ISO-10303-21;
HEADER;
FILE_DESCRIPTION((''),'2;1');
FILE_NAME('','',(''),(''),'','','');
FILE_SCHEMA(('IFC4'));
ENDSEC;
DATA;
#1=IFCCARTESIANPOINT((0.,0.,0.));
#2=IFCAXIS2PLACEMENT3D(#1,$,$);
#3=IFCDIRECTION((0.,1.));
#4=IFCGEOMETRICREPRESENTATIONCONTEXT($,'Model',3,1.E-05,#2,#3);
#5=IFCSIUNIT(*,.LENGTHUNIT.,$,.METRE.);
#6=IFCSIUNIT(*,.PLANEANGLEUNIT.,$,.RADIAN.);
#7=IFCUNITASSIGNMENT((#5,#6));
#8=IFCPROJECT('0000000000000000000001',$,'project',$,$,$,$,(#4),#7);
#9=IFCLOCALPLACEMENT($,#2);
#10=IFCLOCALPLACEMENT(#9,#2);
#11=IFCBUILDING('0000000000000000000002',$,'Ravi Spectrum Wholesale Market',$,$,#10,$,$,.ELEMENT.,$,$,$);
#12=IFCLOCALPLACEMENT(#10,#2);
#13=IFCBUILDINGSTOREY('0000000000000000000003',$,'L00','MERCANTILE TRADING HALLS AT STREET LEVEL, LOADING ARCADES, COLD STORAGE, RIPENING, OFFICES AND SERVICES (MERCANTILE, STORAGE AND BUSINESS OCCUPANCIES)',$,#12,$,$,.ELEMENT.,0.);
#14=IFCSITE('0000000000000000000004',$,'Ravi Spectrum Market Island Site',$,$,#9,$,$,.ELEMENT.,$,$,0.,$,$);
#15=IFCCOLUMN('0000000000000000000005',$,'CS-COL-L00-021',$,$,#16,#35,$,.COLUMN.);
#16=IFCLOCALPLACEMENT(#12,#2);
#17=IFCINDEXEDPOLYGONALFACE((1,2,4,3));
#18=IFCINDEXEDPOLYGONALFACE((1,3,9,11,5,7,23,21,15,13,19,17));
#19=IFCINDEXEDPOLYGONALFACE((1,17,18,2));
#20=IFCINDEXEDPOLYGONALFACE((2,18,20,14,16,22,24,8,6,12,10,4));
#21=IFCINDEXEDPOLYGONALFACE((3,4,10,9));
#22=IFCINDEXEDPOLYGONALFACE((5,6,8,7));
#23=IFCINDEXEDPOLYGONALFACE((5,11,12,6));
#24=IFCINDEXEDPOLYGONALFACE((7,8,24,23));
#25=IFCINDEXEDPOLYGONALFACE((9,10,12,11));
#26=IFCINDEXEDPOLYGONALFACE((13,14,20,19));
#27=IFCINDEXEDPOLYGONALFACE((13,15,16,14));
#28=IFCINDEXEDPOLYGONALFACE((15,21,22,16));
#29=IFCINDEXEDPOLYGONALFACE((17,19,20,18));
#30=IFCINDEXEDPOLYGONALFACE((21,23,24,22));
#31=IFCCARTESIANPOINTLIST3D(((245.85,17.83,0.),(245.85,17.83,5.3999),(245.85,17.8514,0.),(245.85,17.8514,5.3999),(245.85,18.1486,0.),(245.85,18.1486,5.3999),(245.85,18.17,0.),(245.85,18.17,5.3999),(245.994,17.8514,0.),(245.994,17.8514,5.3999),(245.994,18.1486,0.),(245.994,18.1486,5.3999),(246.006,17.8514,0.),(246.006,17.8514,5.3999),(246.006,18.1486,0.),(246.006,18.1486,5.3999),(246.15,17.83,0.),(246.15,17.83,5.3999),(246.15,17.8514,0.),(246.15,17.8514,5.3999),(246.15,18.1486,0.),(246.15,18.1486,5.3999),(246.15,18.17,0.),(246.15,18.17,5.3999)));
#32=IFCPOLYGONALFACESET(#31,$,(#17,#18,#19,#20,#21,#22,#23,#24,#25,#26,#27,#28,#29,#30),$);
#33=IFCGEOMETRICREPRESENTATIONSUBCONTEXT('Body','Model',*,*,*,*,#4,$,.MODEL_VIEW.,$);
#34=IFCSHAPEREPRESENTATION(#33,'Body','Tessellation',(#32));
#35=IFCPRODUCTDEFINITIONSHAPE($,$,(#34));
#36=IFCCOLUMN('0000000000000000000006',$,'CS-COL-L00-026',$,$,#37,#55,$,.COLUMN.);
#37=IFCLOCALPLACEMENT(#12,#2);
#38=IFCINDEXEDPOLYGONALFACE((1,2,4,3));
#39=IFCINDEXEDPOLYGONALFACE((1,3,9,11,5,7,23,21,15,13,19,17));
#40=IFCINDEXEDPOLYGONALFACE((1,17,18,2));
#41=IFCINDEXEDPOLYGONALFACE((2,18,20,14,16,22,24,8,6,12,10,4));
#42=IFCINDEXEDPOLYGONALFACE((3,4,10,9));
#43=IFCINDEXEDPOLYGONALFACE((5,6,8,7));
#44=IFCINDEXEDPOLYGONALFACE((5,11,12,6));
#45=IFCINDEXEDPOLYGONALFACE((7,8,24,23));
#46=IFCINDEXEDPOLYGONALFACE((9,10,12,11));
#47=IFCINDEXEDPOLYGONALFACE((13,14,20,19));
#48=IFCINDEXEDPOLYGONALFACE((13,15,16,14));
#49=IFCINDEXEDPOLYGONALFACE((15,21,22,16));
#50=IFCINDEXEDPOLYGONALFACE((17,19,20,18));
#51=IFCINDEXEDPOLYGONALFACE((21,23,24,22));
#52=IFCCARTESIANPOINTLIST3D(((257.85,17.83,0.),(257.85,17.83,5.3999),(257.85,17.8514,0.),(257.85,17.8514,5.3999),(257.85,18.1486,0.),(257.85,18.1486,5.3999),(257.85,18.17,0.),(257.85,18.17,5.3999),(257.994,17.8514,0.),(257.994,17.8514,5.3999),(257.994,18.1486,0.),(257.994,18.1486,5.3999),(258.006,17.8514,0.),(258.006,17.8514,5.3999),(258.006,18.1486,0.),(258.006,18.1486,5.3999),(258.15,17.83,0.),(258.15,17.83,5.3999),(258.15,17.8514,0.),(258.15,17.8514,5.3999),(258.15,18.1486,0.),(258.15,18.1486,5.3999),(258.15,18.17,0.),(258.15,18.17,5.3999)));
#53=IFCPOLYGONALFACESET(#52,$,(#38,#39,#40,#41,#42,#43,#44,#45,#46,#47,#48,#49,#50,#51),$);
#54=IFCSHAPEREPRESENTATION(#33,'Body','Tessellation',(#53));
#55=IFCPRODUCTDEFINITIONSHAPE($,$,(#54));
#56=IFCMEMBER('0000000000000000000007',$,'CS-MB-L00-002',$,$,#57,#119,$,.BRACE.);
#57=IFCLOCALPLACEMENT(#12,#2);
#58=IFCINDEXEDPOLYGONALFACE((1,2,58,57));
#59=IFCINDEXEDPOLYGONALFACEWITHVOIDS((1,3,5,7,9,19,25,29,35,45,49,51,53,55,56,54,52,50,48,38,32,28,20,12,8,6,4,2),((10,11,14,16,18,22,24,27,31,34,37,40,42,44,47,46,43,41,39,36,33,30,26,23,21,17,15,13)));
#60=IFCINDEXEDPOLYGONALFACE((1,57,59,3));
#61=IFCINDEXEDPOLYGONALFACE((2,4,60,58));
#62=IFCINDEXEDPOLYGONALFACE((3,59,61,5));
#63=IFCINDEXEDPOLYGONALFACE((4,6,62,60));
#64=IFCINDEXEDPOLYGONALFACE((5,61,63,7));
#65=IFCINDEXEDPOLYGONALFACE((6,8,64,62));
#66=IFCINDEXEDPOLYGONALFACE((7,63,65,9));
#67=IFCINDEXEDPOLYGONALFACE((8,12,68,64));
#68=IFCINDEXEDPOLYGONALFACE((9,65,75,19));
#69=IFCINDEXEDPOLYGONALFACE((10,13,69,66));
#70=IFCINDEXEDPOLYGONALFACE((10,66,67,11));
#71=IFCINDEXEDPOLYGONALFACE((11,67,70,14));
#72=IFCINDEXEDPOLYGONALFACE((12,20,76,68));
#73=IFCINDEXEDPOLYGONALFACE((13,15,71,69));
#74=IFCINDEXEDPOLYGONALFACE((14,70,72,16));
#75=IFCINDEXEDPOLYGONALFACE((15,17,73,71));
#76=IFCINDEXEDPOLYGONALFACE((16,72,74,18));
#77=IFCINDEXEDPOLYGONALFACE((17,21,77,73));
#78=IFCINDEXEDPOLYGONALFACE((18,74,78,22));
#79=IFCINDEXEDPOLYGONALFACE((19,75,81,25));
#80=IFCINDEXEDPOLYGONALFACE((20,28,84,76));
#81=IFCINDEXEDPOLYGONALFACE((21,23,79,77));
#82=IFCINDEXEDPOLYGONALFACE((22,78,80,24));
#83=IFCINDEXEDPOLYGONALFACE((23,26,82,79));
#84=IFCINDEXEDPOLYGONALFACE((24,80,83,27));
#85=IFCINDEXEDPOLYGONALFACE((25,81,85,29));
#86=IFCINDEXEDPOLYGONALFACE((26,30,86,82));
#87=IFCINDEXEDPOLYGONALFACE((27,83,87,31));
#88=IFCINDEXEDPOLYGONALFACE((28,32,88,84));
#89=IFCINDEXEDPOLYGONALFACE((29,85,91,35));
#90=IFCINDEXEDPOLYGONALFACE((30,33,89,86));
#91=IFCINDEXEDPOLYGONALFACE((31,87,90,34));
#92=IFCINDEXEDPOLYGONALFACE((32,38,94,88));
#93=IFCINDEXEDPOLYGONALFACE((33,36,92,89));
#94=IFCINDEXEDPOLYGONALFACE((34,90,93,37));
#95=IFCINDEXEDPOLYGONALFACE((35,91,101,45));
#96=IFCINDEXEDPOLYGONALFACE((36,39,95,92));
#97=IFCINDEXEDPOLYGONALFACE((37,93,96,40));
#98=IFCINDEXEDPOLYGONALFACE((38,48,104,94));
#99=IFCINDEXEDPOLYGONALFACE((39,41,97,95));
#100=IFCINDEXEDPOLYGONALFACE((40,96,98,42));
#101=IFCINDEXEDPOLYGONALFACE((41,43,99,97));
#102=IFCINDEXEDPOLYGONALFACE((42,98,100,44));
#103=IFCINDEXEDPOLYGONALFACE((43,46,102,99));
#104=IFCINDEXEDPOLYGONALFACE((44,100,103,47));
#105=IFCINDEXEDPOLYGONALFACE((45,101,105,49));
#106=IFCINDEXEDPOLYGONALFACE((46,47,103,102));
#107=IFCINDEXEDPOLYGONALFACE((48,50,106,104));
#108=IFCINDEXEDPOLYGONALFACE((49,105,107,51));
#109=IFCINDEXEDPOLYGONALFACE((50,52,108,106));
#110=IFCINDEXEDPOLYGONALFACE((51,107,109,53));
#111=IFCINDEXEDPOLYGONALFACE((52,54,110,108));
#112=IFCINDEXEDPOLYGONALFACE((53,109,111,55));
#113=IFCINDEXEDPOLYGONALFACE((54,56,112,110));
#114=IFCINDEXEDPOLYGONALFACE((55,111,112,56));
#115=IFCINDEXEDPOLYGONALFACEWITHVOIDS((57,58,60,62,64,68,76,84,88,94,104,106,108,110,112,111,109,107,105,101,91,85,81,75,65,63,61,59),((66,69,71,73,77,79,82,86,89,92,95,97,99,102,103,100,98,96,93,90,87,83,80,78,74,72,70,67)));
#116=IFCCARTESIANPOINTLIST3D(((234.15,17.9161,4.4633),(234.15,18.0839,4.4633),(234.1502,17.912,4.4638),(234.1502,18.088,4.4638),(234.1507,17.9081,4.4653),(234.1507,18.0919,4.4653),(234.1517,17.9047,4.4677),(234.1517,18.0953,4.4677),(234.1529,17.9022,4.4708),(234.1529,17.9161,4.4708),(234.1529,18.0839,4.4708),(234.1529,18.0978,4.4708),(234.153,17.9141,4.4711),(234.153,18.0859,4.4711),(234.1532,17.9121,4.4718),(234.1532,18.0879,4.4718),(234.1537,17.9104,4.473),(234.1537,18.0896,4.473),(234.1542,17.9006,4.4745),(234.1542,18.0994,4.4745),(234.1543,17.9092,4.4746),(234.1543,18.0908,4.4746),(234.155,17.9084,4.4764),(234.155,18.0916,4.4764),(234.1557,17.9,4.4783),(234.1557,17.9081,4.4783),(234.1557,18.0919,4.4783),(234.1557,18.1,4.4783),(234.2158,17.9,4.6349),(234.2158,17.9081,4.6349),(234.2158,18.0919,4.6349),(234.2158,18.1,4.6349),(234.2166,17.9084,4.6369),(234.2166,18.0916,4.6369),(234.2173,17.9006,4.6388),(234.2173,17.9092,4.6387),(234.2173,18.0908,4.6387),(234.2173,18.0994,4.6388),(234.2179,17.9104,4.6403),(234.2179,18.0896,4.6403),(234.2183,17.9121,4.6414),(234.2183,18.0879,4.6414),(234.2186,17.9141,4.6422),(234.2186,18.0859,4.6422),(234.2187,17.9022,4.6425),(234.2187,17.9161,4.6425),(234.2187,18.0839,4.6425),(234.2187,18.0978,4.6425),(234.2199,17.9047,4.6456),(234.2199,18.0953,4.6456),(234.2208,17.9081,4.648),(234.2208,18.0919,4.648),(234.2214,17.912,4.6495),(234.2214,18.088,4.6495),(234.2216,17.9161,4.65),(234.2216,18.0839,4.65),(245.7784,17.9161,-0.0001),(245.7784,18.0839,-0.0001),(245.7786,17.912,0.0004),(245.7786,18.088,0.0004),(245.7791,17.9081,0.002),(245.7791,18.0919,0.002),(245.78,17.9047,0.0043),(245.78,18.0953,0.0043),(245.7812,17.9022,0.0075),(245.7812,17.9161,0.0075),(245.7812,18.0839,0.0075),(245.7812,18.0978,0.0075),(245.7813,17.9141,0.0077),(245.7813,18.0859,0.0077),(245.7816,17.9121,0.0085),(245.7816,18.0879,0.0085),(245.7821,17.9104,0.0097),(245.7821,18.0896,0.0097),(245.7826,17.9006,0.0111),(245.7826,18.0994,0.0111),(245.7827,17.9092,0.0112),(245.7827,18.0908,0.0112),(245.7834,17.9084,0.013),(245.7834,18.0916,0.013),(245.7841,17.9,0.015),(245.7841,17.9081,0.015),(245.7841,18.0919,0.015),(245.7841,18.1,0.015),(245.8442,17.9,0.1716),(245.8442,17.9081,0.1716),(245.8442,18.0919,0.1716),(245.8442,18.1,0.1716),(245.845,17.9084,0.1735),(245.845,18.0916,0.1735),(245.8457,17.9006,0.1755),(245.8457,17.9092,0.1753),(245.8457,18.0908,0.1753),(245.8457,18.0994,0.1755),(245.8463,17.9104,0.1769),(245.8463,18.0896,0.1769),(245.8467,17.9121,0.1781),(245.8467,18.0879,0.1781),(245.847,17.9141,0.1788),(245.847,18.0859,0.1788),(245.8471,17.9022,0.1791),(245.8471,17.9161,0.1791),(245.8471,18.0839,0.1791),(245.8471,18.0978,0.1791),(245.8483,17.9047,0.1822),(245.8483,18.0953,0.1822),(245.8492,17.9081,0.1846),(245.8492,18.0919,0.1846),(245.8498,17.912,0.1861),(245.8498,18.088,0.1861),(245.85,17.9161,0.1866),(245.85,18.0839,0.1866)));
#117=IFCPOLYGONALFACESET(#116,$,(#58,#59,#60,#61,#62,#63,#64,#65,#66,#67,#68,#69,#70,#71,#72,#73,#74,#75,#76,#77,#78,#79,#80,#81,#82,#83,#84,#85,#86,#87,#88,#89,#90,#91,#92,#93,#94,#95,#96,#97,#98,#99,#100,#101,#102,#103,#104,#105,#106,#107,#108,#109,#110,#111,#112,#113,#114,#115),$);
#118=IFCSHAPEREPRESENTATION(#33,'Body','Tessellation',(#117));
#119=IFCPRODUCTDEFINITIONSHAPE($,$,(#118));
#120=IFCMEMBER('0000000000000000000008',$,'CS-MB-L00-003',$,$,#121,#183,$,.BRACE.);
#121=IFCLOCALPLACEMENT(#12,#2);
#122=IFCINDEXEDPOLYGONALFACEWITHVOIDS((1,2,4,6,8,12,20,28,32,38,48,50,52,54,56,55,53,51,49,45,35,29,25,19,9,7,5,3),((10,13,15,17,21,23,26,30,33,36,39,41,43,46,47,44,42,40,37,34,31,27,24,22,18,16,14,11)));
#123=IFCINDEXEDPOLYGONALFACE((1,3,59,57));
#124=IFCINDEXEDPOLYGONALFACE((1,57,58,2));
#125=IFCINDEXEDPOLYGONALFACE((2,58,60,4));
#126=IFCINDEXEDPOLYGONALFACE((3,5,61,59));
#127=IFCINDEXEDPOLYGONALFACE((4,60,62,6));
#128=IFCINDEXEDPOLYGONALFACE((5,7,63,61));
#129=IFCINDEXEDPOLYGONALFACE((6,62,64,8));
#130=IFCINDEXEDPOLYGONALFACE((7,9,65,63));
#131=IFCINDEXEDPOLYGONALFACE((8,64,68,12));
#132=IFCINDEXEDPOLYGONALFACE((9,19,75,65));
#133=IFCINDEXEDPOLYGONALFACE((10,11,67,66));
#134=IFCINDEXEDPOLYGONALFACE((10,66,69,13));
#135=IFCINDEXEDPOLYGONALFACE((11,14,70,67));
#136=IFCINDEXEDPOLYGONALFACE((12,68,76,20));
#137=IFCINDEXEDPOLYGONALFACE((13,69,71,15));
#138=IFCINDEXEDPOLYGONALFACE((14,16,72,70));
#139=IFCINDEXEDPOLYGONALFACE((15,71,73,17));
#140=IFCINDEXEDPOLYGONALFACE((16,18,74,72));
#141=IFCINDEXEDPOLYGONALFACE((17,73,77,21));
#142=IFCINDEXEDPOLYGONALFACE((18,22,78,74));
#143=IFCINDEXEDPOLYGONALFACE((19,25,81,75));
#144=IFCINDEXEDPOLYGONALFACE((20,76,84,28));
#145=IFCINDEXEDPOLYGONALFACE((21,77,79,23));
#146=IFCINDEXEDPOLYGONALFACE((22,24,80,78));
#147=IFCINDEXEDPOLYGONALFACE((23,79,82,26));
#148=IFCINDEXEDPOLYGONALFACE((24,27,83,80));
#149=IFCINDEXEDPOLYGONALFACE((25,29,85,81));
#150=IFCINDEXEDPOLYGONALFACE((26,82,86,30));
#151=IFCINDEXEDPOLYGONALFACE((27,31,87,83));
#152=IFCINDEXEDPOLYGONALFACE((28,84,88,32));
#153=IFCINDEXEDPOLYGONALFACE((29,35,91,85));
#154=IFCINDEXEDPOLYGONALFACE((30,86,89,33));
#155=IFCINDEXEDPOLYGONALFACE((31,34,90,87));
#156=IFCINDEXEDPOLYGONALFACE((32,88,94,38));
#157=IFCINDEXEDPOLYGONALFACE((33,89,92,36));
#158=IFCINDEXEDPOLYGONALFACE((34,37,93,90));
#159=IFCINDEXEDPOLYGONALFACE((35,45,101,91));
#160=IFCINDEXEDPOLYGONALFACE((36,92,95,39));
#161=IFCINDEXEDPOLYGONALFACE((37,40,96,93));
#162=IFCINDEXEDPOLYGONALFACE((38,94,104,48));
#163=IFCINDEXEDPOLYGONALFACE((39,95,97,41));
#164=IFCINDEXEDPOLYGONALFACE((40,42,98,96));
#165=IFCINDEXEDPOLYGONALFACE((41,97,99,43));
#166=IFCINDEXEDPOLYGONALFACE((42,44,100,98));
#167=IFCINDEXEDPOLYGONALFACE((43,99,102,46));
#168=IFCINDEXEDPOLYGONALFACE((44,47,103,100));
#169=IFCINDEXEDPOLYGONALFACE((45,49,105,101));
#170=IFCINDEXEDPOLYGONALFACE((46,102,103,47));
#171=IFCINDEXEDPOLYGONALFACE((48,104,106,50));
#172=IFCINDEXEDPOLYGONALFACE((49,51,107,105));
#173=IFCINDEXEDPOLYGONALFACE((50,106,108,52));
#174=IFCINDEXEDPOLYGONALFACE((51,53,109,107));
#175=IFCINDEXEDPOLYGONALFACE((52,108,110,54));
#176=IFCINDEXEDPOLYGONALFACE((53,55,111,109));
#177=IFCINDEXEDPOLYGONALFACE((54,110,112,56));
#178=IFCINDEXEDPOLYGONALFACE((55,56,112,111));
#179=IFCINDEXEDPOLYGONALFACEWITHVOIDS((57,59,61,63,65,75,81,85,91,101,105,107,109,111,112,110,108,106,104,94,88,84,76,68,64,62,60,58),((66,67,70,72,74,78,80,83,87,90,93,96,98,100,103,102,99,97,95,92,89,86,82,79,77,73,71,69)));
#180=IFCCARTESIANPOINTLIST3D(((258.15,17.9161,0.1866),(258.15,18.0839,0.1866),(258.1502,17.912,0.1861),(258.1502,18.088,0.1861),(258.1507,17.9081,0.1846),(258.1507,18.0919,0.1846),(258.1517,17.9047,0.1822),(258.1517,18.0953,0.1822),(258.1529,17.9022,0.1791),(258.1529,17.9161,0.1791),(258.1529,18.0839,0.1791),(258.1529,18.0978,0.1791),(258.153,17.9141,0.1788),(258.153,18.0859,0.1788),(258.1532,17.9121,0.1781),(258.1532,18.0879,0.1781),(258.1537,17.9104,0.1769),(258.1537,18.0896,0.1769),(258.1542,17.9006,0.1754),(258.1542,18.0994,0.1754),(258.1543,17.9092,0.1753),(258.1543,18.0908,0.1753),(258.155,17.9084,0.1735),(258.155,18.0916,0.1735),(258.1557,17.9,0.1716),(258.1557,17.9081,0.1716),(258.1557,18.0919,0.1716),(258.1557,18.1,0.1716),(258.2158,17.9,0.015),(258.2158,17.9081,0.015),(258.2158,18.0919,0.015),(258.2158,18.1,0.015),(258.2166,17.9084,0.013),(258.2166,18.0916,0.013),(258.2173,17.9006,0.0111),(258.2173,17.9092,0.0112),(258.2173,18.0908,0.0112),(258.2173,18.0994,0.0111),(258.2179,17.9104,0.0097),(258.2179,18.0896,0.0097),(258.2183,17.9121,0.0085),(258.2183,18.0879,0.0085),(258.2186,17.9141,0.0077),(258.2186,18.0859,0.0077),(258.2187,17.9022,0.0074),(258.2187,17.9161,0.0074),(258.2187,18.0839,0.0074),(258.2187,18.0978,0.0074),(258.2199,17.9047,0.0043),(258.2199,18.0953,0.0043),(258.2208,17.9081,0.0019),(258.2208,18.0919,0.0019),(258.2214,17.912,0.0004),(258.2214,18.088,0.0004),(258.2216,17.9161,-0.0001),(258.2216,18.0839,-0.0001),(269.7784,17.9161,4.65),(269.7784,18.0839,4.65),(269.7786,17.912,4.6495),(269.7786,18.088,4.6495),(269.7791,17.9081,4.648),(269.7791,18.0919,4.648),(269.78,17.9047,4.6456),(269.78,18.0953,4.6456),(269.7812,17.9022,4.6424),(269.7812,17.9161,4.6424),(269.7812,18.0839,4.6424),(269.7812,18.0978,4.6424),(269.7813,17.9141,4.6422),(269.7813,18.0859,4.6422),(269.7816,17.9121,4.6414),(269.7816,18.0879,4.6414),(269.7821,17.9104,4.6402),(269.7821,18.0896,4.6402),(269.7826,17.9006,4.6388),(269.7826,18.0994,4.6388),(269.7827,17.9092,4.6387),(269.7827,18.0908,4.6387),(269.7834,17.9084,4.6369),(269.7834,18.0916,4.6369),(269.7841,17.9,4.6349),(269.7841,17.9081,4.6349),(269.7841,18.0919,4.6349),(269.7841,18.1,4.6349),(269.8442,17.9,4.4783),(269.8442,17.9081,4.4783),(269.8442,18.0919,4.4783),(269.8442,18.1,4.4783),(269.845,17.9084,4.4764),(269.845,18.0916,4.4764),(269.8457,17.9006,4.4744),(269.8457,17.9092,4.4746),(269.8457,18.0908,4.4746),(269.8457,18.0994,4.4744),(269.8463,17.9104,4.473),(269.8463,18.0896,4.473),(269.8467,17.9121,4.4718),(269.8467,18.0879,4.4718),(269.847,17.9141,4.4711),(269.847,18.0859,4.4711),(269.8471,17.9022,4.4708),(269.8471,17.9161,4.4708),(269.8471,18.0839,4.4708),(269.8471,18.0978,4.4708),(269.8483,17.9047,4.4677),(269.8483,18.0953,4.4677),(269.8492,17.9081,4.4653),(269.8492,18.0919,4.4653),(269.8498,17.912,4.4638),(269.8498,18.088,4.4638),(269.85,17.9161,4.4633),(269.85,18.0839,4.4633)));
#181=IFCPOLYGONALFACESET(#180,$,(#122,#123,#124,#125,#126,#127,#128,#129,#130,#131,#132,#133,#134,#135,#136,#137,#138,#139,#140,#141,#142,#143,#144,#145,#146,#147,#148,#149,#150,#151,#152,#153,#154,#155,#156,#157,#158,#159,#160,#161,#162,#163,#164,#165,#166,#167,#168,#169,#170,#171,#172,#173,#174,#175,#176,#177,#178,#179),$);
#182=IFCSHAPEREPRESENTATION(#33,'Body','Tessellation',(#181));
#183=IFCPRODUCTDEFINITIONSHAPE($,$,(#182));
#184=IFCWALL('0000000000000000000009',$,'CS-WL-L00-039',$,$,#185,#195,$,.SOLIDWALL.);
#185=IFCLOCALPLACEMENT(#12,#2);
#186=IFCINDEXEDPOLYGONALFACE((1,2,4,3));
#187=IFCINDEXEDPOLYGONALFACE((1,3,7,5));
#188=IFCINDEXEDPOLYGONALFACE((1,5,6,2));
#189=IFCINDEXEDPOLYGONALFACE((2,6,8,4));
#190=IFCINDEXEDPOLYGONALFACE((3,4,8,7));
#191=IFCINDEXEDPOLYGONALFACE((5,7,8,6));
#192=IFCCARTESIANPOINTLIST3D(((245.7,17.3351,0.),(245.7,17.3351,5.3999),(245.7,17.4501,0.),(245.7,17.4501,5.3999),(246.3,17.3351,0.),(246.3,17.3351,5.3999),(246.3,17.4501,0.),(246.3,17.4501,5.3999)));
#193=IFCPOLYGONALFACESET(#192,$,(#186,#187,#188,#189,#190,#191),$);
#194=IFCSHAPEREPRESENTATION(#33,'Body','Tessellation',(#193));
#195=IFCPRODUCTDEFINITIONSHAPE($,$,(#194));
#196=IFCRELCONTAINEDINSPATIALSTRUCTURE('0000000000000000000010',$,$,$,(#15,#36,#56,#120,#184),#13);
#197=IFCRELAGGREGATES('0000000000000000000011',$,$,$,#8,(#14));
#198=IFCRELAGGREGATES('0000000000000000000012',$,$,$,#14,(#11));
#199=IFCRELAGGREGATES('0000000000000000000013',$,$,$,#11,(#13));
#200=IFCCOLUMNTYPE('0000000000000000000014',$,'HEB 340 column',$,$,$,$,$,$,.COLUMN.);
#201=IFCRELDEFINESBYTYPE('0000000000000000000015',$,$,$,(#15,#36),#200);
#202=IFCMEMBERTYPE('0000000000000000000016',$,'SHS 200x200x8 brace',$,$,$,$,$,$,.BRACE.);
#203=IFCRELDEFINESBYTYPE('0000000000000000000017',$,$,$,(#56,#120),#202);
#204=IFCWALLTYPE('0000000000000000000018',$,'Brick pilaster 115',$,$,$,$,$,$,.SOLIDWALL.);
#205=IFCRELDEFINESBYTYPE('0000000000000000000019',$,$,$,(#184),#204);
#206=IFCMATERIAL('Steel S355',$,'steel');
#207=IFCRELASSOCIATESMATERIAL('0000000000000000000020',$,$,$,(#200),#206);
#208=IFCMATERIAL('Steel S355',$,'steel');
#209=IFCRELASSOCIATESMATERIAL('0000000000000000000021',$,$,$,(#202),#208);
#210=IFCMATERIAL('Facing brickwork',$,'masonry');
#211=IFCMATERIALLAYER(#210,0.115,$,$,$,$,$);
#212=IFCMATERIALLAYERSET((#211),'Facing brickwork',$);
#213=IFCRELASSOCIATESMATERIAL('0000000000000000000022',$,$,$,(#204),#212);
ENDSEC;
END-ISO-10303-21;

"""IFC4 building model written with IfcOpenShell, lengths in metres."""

from ifc_helpers import new_model, si_unit, direction, frame, frame_2d, origin, origin_2d, place, context, subcontext, project, spatial, rectangle, hollow_rectangle, i_section, extrude, material, layer, layer_set, material_profile, profile_set, type_object, element, save


model = new_model("IFC4")

# Units and contexts
model_context = context("Model", 3, precision=1e-05, world=origin(), true_north=direction((0.0, 1.0)))
body_context = subcontext(model_context, "Body", "Model", "MODEL_VIEW")
ifc_project = project(units=[si_unit("LENGTHUNIT", "METRE"), si_unit("PLANEANGLEUNIT", "RADIAN")], contexts=[model_context])

# Site, building, storey
site_placement = place(None, origin())
site = spatial("IfcSite", under=ifc_project, at=site_placement, Name="Ravi Spectrum Market Island Site", CompositionType="ELEMENT", RefElevation=0.0)
building_placement = place(site_placement, origin())
building = spatial("IfcBuilding", under=site, at=building_placement, Name="Ravi Spectrum Wholesale Market", CompositionType="ELEMENT")
storey_placement = place(building_placement, origin())
storey = spatial("IfcBuildingStorey", under=building, at=storey_placement, Name="L00", Description="MERCANTILE TRADING HALLS AT STREET LEVEL, LOADING ARCADES, COLD STORAGE, RIPENING, OFFICES AND SERVICES (MERCANTILE, STORAGE AND BUSINESS OCCUPANCIES)", CompositionType="ELEMENT", Elevation=0.0)

# Columns
ifc_material_1 = material(Name="Steel S355", Category="steel")
ifc_material_profile_1 = material_profile(ifc_material_1, i_section(OverallWidth=0.3, OverallDepth=0.3401, WebThickness=0.012, FlangeThickness=0.0215, at=origin_2d()))
ifc_profile_set_1 = profile_set([ifc_material_profile_1], Name="Steel S355")
column_type = type_object("IfcColumnType", Name="HEB 340 column", PredefinedType="COLUMN", material=ifc_profile_set_1)
for number, where, z_axis, x_axis, name in (
    (1, (246.0, 18.0, 0.0), (0.0, 0.0, 1.0), (1.0, 0.0, 0.0), "CS-COL-L00-021"),
    (2, (258.0, 18.0, 0.0), (0.0, 0.0, 1.0), (1.0, 0.0, 0.0), "CS-COL-L00-026"),
):
    element("IfcColumn", number, at=place(storey_placement, frame(where, z_axis=z_axis, x_axis=x_axis)), inside=storey, type_object=column_type, Name=name, PredefinedType="COLUMN", context=body_context, shape_type="SweptSolid", body=[
        extrude(i_section(OverallWidth=0.3, OverallDepth=0.3401, WebThickness=0.012, FlangeThickness=0.0215, at=origin_2d()), origin(), (0.0, 0.0, 1.0), 5.3999),
    ])

# Members
ifc_material_2 = material(Name="Steel S355", Category="steel")
ifc_material_profile_2 = material_profile(ifc_material_2, hollow_rectangle(XDim=0.2, YDim=0.2, WallThickness=0.0081, InnerFilletRadius=0.0081, OuterFilletRadius=0.0161, at=origin_2d()))
ifc_profile_set_2 = profile_set([ifc_material_profile_2], Name="Steel S355")
member_type = type_object("IfcMemberType", Name="SHS 200x200x8 brace", PredefinedType="BRACE", material=ifc_profile_set_2)
for number, where, z_axis, x_axis, name in (
    (3, (234.1858, 18.0, 4.5566), (0.93359, 0.0, -0.358343), (0.0, 1.0, 0.0), "CS-MB-L00-002"),
    (4, (258.1858, 18.0, 0.0933), (0.93359, 0.0, 0.358343), (0.0, 1.0, 0.0), "CS-MB-L00-003"),
):
    element("IfcMember", number, at=place(storey_placement, frame(where, z_axis=z_axis, x_axis=x_axis)), inside=storey, type_object=member_type, Name=name, PredefinedType="BRACE", context=body_context, shape_type="SweptSolid", body=[
        extrude(hollow_rectangle(XDim=0.2, YDim=0.2, WallThickness=0.0081, InnerFilletRadius=0.0081, OuterFilletRadius=0.0161, at=origin_2d()), origin(), (0.0, 0.0, 1.0), 12.4556),
    ])

# Wall
ifc_material_3 = material(Name="Facing brickwork", Category="masonry")
ifc_layer_1 = layer(ifc_material_3, 0.115)
ifc_layer_set_1 = layer_set([ifc_layer_1], Name="Facing brickwork")
wall_type_1 = type_object("IfcWallType", Name="Brick pilaster 115", PredefinedType="SOLIDWALL", material=ifc_layer_set_1)
for number, where, z_axis, x_axis, name in (
    (5, (245.7, 17.3926, 0.0), (0.0, 0.0, 1.0), (1.0, 0.0, 0.0), "CS-WL-L00-039"),
):
    element("IfcWall", number, at=place(storey_placement, frame(where, z_axis=z_axis, x_axis=x_axis)), inside=storey, type_object=wall_type_1, Name=name, PredefinedType="SOLIDWALL", context=body_context, shape_type="SweptSolid", body=[
        extrude(rectangle(XDim=0.6001, YDim=0.115, at=frame_2d((0.3, 0.0))), origin(), (0.0, 0.0, 1.0), 5.3999),
    ])

save(model, "model.ifc")
